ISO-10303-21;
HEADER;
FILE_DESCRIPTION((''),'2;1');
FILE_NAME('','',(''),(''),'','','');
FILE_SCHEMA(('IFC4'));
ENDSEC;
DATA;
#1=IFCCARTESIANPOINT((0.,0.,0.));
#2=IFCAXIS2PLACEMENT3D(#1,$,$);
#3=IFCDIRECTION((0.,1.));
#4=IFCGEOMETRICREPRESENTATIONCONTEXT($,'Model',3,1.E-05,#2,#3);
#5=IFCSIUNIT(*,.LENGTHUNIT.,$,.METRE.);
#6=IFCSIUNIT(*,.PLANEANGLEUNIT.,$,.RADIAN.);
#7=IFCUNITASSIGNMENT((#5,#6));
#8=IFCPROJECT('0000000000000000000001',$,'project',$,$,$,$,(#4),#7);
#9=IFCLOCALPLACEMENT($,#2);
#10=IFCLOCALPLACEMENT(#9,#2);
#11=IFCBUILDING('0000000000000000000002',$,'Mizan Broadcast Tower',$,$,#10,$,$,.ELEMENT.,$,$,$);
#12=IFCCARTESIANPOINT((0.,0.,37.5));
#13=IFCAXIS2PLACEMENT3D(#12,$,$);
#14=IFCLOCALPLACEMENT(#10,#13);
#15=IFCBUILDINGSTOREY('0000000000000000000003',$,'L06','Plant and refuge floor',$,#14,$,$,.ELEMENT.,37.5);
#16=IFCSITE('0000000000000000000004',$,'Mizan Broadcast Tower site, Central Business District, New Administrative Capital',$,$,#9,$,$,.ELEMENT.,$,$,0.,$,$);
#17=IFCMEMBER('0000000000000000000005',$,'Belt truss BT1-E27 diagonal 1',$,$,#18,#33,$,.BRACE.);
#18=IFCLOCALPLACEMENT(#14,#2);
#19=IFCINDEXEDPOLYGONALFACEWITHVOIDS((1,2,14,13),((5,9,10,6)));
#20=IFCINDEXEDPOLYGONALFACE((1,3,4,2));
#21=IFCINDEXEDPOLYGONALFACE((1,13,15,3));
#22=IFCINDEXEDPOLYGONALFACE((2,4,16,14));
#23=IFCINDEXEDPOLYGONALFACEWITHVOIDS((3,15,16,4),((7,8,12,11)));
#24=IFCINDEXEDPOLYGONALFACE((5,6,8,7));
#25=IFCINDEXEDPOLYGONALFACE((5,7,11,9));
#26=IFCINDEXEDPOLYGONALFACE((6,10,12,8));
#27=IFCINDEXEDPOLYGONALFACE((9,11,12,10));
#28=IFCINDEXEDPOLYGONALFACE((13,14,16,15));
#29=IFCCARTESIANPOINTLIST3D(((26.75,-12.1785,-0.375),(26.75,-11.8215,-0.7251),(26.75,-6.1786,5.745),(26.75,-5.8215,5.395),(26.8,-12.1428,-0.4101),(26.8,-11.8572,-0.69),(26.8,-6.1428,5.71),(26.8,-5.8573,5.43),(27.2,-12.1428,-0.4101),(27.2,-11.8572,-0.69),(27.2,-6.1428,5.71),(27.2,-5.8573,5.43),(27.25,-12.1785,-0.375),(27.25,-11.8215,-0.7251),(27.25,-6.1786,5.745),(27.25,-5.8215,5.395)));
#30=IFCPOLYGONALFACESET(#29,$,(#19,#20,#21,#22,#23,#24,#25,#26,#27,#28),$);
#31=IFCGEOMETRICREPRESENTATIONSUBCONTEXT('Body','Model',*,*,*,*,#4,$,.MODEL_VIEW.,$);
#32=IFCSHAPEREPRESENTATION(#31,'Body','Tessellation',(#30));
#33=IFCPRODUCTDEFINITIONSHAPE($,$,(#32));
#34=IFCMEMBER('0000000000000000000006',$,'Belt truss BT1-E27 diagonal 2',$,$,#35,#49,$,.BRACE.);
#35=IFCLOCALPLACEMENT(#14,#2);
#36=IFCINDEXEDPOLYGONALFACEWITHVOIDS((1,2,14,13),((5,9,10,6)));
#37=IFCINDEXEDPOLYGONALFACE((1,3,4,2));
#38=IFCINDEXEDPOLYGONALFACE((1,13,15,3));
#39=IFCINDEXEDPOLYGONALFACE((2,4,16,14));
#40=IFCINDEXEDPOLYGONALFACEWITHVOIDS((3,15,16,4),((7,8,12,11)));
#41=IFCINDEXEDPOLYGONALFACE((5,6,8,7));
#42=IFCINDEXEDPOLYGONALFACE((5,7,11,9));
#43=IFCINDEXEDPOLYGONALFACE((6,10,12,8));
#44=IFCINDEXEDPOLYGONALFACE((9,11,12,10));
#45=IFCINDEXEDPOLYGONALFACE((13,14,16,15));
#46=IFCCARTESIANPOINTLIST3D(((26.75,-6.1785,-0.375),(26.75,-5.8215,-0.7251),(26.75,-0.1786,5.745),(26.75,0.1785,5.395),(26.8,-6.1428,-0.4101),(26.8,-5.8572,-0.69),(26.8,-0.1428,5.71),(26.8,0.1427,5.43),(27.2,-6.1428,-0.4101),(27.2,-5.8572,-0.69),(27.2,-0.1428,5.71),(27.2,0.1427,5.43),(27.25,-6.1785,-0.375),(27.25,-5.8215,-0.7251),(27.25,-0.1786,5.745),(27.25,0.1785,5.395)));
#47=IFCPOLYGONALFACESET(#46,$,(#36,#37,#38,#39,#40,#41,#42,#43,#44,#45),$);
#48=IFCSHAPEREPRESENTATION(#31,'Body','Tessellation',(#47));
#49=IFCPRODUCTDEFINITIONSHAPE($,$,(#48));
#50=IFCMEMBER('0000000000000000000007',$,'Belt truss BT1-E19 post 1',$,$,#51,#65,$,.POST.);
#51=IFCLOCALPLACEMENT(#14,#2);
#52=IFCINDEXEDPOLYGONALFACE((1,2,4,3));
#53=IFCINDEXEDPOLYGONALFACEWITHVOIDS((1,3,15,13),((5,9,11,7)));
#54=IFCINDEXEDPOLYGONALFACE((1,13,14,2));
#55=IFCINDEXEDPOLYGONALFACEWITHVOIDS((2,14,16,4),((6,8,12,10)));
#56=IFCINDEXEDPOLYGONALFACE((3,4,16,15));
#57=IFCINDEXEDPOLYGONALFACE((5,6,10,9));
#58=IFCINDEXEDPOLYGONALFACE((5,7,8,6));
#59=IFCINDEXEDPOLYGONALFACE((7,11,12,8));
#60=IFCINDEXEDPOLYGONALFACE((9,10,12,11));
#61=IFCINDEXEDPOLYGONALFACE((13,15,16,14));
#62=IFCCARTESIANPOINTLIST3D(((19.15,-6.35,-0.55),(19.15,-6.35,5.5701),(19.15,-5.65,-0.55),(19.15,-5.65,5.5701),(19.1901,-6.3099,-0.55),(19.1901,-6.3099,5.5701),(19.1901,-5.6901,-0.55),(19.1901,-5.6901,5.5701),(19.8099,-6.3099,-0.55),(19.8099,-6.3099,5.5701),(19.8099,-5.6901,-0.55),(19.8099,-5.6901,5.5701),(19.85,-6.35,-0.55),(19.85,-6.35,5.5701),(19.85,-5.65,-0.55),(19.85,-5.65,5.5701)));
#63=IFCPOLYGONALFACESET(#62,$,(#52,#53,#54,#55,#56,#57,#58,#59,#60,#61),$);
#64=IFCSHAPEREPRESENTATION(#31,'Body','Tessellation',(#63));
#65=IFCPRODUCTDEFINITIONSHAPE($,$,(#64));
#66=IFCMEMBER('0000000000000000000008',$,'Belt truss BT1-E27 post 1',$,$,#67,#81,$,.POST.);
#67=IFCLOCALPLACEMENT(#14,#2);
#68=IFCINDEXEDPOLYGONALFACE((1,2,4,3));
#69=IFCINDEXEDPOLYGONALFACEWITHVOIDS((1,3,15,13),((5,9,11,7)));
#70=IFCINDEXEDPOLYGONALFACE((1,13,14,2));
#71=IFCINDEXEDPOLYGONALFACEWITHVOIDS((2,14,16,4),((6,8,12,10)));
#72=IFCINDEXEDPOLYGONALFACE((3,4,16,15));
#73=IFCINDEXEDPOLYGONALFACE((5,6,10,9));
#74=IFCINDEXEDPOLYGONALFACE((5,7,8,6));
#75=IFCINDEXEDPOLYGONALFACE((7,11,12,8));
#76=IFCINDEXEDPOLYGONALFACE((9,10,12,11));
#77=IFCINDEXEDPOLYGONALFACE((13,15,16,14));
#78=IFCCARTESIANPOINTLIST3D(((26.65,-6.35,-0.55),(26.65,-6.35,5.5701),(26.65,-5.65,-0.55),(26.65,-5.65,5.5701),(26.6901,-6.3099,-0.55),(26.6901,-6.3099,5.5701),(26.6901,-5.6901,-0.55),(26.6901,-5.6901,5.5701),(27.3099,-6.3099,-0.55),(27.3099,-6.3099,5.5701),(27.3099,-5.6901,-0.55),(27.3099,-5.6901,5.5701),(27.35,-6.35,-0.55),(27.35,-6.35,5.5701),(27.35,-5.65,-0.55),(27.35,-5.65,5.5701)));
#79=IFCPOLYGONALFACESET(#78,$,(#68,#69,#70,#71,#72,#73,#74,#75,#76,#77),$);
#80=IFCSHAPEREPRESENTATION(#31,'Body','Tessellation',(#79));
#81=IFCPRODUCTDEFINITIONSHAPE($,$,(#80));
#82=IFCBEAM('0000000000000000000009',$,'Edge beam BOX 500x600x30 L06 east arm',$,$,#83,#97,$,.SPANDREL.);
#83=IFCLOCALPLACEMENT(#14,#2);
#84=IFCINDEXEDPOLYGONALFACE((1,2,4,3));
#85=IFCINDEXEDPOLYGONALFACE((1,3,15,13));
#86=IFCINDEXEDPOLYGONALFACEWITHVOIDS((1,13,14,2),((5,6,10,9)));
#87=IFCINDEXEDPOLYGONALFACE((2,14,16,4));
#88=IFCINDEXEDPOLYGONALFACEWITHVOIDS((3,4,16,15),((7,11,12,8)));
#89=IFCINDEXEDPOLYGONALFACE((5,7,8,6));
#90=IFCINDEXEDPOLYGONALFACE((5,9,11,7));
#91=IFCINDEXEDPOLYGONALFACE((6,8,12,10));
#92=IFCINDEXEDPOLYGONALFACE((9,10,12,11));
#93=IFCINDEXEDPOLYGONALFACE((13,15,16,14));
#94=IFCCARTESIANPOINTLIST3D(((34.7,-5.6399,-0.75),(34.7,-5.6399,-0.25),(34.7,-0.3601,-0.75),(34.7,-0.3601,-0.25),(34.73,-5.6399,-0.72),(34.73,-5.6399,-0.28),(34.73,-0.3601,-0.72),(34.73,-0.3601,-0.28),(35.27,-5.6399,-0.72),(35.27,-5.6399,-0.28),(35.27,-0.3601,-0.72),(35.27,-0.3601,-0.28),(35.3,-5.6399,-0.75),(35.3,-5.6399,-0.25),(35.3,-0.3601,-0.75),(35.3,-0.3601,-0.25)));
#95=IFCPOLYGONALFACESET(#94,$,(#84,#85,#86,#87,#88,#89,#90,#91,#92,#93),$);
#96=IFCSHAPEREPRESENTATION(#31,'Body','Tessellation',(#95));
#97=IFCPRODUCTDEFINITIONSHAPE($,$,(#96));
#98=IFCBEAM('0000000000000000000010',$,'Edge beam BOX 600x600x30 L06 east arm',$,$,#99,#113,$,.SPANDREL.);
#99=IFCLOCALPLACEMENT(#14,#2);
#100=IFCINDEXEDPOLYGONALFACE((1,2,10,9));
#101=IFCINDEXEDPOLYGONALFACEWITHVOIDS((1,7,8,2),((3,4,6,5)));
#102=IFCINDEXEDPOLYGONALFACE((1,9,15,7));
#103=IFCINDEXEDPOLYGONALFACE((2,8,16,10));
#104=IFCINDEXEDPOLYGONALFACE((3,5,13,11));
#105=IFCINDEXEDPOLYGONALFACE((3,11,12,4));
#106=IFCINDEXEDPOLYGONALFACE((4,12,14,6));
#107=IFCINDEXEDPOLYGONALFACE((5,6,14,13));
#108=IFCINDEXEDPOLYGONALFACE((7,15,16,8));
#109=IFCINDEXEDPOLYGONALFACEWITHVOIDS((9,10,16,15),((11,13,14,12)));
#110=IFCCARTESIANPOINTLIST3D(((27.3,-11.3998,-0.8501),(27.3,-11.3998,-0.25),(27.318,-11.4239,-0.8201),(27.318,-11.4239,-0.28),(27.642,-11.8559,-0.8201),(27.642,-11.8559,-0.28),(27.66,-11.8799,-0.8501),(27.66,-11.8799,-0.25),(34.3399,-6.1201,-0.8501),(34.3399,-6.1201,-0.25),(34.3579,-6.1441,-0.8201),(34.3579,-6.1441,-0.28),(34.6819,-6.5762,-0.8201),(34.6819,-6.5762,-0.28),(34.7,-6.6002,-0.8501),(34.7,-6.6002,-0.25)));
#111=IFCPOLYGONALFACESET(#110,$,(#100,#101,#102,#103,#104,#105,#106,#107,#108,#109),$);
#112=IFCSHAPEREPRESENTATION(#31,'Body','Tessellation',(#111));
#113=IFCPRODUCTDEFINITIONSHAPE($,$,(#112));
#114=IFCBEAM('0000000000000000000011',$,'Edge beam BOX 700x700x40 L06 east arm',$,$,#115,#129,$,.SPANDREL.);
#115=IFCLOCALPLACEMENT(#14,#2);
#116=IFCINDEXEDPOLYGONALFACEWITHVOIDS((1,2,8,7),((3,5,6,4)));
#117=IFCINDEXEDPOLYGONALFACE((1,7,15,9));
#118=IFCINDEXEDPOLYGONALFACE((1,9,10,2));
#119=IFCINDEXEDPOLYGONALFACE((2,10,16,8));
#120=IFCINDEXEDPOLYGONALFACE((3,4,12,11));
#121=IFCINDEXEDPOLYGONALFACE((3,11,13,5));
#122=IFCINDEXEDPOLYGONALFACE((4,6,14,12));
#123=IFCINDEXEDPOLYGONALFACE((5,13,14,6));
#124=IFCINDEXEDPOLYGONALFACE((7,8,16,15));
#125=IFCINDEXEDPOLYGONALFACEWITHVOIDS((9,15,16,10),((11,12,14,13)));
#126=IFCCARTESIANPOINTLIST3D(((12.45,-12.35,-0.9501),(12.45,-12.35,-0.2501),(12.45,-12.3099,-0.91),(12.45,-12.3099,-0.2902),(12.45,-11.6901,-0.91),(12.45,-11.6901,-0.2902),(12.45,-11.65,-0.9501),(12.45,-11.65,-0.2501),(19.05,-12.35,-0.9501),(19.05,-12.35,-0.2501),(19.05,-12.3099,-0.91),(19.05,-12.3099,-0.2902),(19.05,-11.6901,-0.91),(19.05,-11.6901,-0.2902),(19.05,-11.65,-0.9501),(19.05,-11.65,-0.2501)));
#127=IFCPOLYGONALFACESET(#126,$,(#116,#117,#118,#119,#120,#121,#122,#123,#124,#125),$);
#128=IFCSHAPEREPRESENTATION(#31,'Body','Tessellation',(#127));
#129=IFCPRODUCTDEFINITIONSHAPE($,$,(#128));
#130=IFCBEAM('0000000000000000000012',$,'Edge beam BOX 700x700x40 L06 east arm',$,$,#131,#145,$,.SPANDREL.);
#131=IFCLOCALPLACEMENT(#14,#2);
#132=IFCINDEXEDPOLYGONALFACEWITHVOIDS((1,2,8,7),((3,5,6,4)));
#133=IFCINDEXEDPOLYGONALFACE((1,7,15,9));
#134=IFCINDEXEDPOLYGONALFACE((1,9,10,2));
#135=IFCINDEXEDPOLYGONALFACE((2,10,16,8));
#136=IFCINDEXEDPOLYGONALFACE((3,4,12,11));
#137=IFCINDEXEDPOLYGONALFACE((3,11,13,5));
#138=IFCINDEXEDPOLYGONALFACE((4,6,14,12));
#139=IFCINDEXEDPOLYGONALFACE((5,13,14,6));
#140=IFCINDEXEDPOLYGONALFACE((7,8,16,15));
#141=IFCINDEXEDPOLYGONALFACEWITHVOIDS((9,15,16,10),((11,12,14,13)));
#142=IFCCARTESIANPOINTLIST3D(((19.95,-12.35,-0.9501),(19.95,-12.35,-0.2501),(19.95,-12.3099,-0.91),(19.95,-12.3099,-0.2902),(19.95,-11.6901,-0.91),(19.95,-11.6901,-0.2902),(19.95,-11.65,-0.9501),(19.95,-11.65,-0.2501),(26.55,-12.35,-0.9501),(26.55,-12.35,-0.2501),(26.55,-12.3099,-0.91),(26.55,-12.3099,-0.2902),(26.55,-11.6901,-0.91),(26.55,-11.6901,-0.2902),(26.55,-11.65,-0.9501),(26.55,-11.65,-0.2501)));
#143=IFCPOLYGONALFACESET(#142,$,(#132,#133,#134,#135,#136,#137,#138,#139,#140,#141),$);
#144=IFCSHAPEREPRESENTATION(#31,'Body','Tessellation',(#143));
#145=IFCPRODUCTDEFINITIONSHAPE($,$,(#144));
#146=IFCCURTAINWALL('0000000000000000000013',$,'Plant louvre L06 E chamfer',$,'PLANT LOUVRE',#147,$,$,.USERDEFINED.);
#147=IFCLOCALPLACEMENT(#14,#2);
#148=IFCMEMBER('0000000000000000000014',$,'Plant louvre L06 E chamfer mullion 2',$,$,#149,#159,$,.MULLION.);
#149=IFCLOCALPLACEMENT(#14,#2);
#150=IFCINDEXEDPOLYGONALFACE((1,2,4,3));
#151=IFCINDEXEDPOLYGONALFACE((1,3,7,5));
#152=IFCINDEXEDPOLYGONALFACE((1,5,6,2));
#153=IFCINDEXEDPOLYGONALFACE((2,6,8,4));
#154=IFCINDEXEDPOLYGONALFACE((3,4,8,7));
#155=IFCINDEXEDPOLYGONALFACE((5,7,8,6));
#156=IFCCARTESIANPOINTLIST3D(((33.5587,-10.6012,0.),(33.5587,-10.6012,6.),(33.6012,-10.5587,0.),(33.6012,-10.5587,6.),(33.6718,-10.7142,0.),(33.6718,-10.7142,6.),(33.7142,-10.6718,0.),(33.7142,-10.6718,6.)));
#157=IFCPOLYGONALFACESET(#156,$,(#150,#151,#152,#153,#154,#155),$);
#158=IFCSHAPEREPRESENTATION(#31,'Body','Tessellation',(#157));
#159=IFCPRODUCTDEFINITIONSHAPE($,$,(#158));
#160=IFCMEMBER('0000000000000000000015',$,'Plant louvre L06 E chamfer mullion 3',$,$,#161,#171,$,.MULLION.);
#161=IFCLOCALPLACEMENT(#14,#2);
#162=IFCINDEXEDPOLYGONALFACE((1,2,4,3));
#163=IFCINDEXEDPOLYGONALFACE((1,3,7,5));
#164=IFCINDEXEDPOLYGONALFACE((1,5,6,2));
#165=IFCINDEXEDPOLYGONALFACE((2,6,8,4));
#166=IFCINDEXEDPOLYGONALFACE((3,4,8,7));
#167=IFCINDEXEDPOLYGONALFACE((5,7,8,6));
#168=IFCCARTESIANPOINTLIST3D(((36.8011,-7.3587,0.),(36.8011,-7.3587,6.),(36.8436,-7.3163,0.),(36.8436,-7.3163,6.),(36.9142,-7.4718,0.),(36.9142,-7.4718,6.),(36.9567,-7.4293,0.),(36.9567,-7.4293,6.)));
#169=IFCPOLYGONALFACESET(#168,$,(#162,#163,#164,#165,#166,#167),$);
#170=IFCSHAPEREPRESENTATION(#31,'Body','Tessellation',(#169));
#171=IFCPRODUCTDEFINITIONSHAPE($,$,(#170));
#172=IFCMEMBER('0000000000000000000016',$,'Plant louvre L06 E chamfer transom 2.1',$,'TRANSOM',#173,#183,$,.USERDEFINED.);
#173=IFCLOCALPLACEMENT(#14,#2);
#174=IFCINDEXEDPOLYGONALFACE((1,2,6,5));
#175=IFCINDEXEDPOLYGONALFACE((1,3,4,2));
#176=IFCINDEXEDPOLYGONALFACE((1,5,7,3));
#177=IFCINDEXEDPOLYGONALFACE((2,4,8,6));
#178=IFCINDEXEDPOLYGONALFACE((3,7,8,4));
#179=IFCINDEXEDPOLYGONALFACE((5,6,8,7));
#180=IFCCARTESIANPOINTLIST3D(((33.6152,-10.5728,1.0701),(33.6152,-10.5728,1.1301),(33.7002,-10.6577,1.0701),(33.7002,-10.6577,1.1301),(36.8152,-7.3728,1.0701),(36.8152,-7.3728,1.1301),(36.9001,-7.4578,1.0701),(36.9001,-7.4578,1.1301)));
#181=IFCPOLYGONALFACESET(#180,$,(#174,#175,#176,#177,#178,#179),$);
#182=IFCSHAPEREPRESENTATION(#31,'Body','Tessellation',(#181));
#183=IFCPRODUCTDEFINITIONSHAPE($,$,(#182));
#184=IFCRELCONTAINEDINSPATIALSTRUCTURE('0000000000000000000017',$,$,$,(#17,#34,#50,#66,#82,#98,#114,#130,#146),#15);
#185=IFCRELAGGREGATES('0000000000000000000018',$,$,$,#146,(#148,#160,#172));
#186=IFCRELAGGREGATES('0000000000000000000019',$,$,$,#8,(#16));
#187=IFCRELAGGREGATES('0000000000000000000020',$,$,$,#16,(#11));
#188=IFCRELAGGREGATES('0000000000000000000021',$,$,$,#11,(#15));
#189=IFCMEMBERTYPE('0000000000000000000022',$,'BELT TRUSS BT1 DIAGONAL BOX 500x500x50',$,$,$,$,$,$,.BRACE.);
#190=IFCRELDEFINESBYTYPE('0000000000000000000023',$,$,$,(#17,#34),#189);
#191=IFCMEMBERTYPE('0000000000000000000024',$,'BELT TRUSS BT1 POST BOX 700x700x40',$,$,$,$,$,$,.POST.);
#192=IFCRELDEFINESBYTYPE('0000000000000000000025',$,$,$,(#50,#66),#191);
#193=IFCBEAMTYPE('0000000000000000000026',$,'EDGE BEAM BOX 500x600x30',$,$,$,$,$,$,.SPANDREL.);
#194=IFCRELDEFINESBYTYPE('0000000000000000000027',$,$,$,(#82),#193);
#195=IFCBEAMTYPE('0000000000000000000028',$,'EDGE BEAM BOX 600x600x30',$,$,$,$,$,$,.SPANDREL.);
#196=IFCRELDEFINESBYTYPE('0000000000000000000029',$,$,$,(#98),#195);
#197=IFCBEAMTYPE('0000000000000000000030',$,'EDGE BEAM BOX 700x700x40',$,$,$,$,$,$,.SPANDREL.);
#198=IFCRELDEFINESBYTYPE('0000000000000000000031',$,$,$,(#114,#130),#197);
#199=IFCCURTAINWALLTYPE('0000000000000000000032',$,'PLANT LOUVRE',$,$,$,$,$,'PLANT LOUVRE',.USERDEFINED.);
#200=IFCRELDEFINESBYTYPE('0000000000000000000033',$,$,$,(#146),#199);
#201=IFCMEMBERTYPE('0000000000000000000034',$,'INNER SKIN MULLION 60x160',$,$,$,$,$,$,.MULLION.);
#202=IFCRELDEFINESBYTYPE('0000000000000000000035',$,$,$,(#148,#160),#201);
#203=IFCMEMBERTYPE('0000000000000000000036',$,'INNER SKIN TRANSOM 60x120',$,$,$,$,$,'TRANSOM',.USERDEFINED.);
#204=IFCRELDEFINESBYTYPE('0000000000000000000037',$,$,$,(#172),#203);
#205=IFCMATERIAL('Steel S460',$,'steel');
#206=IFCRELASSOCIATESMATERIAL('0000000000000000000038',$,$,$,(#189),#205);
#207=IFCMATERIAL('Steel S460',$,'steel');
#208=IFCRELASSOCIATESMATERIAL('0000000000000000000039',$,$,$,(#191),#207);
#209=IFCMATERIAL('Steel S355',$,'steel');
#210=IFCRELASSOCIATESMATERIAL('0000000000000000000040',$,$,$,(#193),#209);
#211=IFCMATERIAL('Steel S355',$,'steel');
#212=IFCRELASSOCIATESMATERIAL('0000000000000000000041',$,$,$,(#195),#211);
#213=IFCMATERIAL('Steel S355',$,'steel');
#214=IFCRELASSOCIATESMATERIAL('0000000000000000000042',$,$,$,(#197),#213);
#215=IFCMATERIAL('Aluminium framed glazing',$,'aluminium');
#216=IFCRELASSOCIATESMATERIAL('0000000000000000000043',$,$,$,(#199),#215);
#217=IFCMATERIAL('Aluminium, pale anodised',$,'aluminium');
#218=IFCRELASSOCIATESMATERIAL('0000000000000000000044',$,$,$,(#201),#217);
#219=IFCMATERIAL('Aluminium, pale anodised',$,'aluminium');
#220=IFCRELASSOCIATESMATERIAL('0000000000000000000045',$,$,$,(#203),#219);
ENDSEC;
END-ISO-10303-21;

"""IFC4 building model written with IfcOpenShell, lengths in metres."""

from ifc_helpers import new_model, si_unit, direction, frame, origin, origin_2d, place, context, subcontext, project, spatial, rectangle, hollow_rectangle, extrude, material, material_profile, profile_set, type_object, element, aggregate, save


model = new_model("IFC4")

# Units and contexts
model_context = context("Model", 3, precision=1e-05, world=origin(), true_north=direction((0.0, 1.0)))
body_context = subcontext(model_context, "Body", "Model", "MODEL_VIEW")
ifc_project = project(units=[si_unit("LENGTHUNIT", "METRE"), si_unit("PLANEANGLEUNIT", "RADIAN")], contexts=[model_context])

# Site, building, storey
site_placement = place(None, origin())
site = spatial("IfcSite", under=ifc_project, at=site_placement, Name="Mizan Broadcast Tower site, Central Business District, New Administrative Capital", CompositionType="ELEMENT", RefElevation=0.0)
building_placement = place(site_placement, origin())
building = spatial("IfcBuilding", under=site, at=building_placement, Name="Mizan Broadcast Tower", CompositionType="ELEMENT")
storey_placement = place(building_placement, frame((0.0, 0.0, 37.5)))
storey = spatial("IfcBuildingStorey", under=building, at=storey_placement, Name="L06", Description="Plant and refuge floor", CompositionType="ELEMENT", Elevation=37.5)

# Members
ifc_material_1 = material(Name="Steel S460", Category="steel")
ifc_material_profile_1 = material_profile(ifc_material_1, hollow_rectangle(XDim=0.5, YDim=0.5, WallThickness=0.05, at=origin_2d()), Name="BOX 500x500x50")
ifc_profile_set_1 = profile_set([ifc_material_profile_1], Name="Steel S460")
member_type_1 = type_object("IfcMemberType", Name="BELT TRUSS BT1 DIAGONAL BOX 500x500x50", PredefinedType="BRACE", material=ifc_profile_set_1)
for number, where, z_axis, x_axis, name in (
    (1, (27.0, -12.0, -0.55), (0.0, 0.700065, 0.71408), (-1.0, 0.0, 0.0), "Belt truss BT1-E27 diagonal 1"),
    (2, (27.0, -6.0, -0.55), (0.0, 0.700065, 0.71408), (-1.0, 0.0, 0.0), "Belt truss BT1-E27 diagonal 2"),
):
    element("IfcMember", number, at=place(storey_placement, frame(where, z_axis=z_axis, x_axis=x_axis)), inside=storey, type_object=member_type_1, Name=name, PredefinedType="BRACE", context=body_context, shape_type="SweptSolid", body=[
        extrude(hollow_rectangle(XDim=0.5, YDim=0.5, WallThickness=0.05, at=origin_2d()), origin(), (0.0, 0.0, 1.0), 8.5706),
    ])
ifc_material_2 = material(Name="Steel S460", Category="steel")
ifc_material_profile_2 = material_profile(ifc_material_2, hollow_rectangle(XDim=0.7, YDim=0.7, WallThickness=0.04, at=origin_2d()), Name="BOX 700x700x40")
ifc_profile_set_2 = profile_set([ifc_material_profile_2], Name="Steel S460")
member_type_2 = type_object("IfcMemberType", Name="BELT TRUSS BT1 POST BOX 700x700x40", PredefinedType="POST", material=ifc_profile_set_2)
for number, where, z_axis, x_axis, name in (
    (3, (19.5, -6.0, -0.55), (0.0, 0.0, 1.0), (1.0, 0.0, 0.0), "Belt truss BT1-E19 post 1"),
    (4, (27.0, -6.0, -0.55), (0.0, 0.0, 1.0), (1.0, 0.0, 0.0), "Belt truss BT1-E27 post 1"),
):
    element("IfcMember", number, at=place(storey_placement, frame(where, z_axis=z_axis, x_axis=x_axis)), inside=storey, type_object=member_type_2, Name=name, PredefinedType="POST", context=body_context, shape_type="SweptSolid", body=[
        extrude(hollow_rectangle(XDim=0.7, YDim=0.7, WallThickness=0.04, at=origin_2d()), origin(), (0.0, 0.0, 1.0), 6.1201),
    ])

# Beams
ifc_material_3 = material(Name="Steel S355", Category="steel")
ifc_material_profile_3 = material_profile(ifc_material_3, hollow_rectangle(XDim=0.6001, YDim=0.5, WallThickness=0.03, at=origin_2d()), Name="BOX 500x600x30")
ifc_profile_set_3 = profile_set([ifc_material_profile_3], Name="Steel S355")
beam_type_1 = type_object("IfcBeamType", Name="EDGE BEAM BOX 500x600x30", PredefinedType="SPANDREL", material=ifc_profile_set_3)
beam_1_placement = place(storey_placement, frame((35.0, -5.6399, -0.5), z_axis=(0.0, 1.0, 0.0), x_axis=(-1.0, 0.0, 0.0)))
element("IfcBeam", 5, at=beam_1_placement, inside=storey, type_object=beam_type_1, Name="Edge beam BOX 500x600x30 L06 east arm", PredefinedType="SPANDREL", context=body_context, shape_type="SweptSolid", body=[
    extrude(hollow_rectangle(XDim=0.6001, YDim=0.5, WallThickness=0.03, at=origin_2d()), origin(), (0.0, 0.0, 1.0), 5.2798),
])
ifc_material_4 = material(Name="Steel S355", Category="steel")
ifc_material_profile_4 = material_profile(ifc_material_4, hollow_rectangle(XDim=0.6001, YDim=0.6001, WallThickness=0.03, at=origin_2d()), Name="BOX 600x600x30")
ifc_profile_set_4 = profile_set([ifc_material_profile_4], Name="Steel S355")
beam_type_2 = type_object("IfcBeamType", Name="EDGE BEAM BOX 600x600x30", PredefinedType="SPANDREL", material=ifc_profile_set_4)
beam_2_placement = place(storey_placement, frame((27.48, -11.6399, -0.55), z_axis=(0.800013, 0.599982, 0.0), x_axis=(-0.599982, 0.800013, 0.0)))
element("IfcBeam", 6, at=beam_2_placement, inside=storey, type_object=beam_type_2, Name="Edge beam BOX 600x600x30 L06 east arm", PredefinedType="SPANDREL", context=body_context, shape_type="SweptSolid", body=[
    extrude(hollow_rectangle(XDim=0.6001, YDim=0.6001, WallThickness=0.03, at=origin_2d()), origin(), (0.0, 0.0, 1.0), 8.7998),
])
ifc_material_5 = material(Name="Steel S355", Category="steel")
ifc_material_profile_5 = material_profile(ifc_material_5, hollow_rectangle(XDim=0.7, YDim=0.7, WallThickness=0.04, at=origin_2d()), Name="BOX 700x700x40")
ifc_profile_set_5 = profile_set([ifc_material_profile_5], Name="Steel S355")
beam_type_3 = type_object("IfcBeamType", Name="EDGE BEAM BOX 700x700x40", PredefinedType="SPANDREL", material=ifc_profile_set_5)
for number, where, z_axis, x_axis, name in (
    (7, (12.45, -12.0, -0.6001), (1.0, 0.0, 0.0), (0.0, 1.0, 0.0), "Edge beam BOX 700x700x40 L06 east arm"),
    (8, (19.95, -12.0, -0.6001), (1.0, 0.0, 0.0), (0.0, 1.0, 0.0), "Edge beam BOX 700x700x40 L06 east arm"),
):
    element("IfcBeam", number, at=place(storey_placement, frame(where, z_axis=z_axis, x_axis=x_axis)), inside=storey, type_object=beam_type_3, Name=name, PredefinedType="SPANDREL", context=body_context, shape_type="SweptSolid", body=[
        extrude(hollow_rectangle(XDim=0.7, YDim=0.7, WallThickness=0.04, at=origin_2d()), origin(), (0.0, 0.0, 1.0), 6.6001),
    ])

# Curtain wall, members
ifc_material_6 = material(Name="Aluminium framed glazing", Category="aluminium")
curtain_wall_type = type_object("IfcCurtainWallType", Name="PLANT LOUVRE", ElementType="PLANT LOUVRE", PredefinedType="USERDEFINED", material=ifc_material_6)
curtain_wall_1_placement = place(storey_placement, origin())
curtain_wall_1 = element("IfcCurtainWall", 9, at=curtain_wall_1_placement, inside=storey, type_object=curtain_wall_type, Name="Plant louvre L06 E chamfer", ObjectType="PLANT LOUVRE", PredefinedType="USERDEFINED")
ifc_material_7 = material(Name="Aluminium, pale anodised", Category="aluminium")
ifc_material_profile_6 = material_profile(ifc_material_7, rectangle(XDim=0.1599, YDim=0.0601, at=origin_2d()), Name="MULLION 160x60")
ifc_profile_set_6 = profile_set([ifc_material_profile_6], Name="Aluminium, pale anodised")
member_type_3 = type_object("IfcMemberType", Name="INNER SKIN MULLION 60x160", PredefinedType="MULLION", material=ifc_profile_set_6)
member_1_placement = place(storey_placement, frame((33.6365, -10.6365, 0.0), z_axis=(0.0, 0.0, 1.0), x_axis=(-0.707107, 0.707107, 0.0)))
member_1 = element("IfcMember", 10, at=member_1_placement, type_object=member_type_3, Name="Plant louvre L06 E chamfer mullion 2", PredefinedType="MULLION", context=body_context, shape_type="SweptSolid", body=[
    extrude(rectangle(XDim=0.1599, YDim=0.0601, at=origin_2d()), origin(), (0.0, 0.0, 1.0), 6.0),
])
member_2_placement = place(storey_placement, frame((36.8789, -7.394, 0.0), z_axis=(0.0, 0.0, 1.0), x_axis=(-0.707107, 0.707107, 0.0)))
member_2 = element("IfcMember", 11, at=member_2_placement, type_object=member_type_3, Name="Plant louvre L06 E chamfer mullion 3", PredefinedType="MULLION", context=body_context, shape_type="SweptSolid", body=[
    extrude(rectangle(XDim=0.1599, YDim=0.0601, at=origin_2d()), origin(), (0.0, 0.0, 1.0), 6.0),
])
ifc_material_8 = material(Name="Aluminium, pale anodised", Category="aluminium")
ifc_material_profile_7 = material_profile(ifc_material_8, rectangle(XDim=0.1201, YDim=0.0601, at=origin_2d()), Name="TRANSOM 120x60")
ifc_profile_set_7 = profile_set([ifc_material_profile_7], Name="Aluminium, pale anodised")
member_type_4 = type_object("IfcMemberType", Name="INNER SKIN TRANSOM 60x120", ElementType="TRANSOM", PredefinedType="USERDEFINED", material=ifc_profile_set_7)
member_3_placement = place(storey_placement, frame((33.6577, -10.6152, 1.1001), z_axis=(0.707107, 0.707107, 0.0), x_axis=(-0.707107, 0.707107, 0.0)))
member_3 = element("IfcMember", 12, at=member_3_placement, type_object=member_type_4, Name="Plant louvre L06 E chamfer transom 2.1", ObjectType="TRANSOM", PredefinedType="USERDEFINED", context=body_context, shape_type="SweptSolid", body=[
    extrude(rectangle(XDim=0.1201, YDim=0.0601, at=origin_2d()), origin(), (0.0, 0.0, 1.0), 4.5254),
])

aggregate(curtain_wall_1, [member_1, member_2, member_3])

save(model, "model.ifc")
